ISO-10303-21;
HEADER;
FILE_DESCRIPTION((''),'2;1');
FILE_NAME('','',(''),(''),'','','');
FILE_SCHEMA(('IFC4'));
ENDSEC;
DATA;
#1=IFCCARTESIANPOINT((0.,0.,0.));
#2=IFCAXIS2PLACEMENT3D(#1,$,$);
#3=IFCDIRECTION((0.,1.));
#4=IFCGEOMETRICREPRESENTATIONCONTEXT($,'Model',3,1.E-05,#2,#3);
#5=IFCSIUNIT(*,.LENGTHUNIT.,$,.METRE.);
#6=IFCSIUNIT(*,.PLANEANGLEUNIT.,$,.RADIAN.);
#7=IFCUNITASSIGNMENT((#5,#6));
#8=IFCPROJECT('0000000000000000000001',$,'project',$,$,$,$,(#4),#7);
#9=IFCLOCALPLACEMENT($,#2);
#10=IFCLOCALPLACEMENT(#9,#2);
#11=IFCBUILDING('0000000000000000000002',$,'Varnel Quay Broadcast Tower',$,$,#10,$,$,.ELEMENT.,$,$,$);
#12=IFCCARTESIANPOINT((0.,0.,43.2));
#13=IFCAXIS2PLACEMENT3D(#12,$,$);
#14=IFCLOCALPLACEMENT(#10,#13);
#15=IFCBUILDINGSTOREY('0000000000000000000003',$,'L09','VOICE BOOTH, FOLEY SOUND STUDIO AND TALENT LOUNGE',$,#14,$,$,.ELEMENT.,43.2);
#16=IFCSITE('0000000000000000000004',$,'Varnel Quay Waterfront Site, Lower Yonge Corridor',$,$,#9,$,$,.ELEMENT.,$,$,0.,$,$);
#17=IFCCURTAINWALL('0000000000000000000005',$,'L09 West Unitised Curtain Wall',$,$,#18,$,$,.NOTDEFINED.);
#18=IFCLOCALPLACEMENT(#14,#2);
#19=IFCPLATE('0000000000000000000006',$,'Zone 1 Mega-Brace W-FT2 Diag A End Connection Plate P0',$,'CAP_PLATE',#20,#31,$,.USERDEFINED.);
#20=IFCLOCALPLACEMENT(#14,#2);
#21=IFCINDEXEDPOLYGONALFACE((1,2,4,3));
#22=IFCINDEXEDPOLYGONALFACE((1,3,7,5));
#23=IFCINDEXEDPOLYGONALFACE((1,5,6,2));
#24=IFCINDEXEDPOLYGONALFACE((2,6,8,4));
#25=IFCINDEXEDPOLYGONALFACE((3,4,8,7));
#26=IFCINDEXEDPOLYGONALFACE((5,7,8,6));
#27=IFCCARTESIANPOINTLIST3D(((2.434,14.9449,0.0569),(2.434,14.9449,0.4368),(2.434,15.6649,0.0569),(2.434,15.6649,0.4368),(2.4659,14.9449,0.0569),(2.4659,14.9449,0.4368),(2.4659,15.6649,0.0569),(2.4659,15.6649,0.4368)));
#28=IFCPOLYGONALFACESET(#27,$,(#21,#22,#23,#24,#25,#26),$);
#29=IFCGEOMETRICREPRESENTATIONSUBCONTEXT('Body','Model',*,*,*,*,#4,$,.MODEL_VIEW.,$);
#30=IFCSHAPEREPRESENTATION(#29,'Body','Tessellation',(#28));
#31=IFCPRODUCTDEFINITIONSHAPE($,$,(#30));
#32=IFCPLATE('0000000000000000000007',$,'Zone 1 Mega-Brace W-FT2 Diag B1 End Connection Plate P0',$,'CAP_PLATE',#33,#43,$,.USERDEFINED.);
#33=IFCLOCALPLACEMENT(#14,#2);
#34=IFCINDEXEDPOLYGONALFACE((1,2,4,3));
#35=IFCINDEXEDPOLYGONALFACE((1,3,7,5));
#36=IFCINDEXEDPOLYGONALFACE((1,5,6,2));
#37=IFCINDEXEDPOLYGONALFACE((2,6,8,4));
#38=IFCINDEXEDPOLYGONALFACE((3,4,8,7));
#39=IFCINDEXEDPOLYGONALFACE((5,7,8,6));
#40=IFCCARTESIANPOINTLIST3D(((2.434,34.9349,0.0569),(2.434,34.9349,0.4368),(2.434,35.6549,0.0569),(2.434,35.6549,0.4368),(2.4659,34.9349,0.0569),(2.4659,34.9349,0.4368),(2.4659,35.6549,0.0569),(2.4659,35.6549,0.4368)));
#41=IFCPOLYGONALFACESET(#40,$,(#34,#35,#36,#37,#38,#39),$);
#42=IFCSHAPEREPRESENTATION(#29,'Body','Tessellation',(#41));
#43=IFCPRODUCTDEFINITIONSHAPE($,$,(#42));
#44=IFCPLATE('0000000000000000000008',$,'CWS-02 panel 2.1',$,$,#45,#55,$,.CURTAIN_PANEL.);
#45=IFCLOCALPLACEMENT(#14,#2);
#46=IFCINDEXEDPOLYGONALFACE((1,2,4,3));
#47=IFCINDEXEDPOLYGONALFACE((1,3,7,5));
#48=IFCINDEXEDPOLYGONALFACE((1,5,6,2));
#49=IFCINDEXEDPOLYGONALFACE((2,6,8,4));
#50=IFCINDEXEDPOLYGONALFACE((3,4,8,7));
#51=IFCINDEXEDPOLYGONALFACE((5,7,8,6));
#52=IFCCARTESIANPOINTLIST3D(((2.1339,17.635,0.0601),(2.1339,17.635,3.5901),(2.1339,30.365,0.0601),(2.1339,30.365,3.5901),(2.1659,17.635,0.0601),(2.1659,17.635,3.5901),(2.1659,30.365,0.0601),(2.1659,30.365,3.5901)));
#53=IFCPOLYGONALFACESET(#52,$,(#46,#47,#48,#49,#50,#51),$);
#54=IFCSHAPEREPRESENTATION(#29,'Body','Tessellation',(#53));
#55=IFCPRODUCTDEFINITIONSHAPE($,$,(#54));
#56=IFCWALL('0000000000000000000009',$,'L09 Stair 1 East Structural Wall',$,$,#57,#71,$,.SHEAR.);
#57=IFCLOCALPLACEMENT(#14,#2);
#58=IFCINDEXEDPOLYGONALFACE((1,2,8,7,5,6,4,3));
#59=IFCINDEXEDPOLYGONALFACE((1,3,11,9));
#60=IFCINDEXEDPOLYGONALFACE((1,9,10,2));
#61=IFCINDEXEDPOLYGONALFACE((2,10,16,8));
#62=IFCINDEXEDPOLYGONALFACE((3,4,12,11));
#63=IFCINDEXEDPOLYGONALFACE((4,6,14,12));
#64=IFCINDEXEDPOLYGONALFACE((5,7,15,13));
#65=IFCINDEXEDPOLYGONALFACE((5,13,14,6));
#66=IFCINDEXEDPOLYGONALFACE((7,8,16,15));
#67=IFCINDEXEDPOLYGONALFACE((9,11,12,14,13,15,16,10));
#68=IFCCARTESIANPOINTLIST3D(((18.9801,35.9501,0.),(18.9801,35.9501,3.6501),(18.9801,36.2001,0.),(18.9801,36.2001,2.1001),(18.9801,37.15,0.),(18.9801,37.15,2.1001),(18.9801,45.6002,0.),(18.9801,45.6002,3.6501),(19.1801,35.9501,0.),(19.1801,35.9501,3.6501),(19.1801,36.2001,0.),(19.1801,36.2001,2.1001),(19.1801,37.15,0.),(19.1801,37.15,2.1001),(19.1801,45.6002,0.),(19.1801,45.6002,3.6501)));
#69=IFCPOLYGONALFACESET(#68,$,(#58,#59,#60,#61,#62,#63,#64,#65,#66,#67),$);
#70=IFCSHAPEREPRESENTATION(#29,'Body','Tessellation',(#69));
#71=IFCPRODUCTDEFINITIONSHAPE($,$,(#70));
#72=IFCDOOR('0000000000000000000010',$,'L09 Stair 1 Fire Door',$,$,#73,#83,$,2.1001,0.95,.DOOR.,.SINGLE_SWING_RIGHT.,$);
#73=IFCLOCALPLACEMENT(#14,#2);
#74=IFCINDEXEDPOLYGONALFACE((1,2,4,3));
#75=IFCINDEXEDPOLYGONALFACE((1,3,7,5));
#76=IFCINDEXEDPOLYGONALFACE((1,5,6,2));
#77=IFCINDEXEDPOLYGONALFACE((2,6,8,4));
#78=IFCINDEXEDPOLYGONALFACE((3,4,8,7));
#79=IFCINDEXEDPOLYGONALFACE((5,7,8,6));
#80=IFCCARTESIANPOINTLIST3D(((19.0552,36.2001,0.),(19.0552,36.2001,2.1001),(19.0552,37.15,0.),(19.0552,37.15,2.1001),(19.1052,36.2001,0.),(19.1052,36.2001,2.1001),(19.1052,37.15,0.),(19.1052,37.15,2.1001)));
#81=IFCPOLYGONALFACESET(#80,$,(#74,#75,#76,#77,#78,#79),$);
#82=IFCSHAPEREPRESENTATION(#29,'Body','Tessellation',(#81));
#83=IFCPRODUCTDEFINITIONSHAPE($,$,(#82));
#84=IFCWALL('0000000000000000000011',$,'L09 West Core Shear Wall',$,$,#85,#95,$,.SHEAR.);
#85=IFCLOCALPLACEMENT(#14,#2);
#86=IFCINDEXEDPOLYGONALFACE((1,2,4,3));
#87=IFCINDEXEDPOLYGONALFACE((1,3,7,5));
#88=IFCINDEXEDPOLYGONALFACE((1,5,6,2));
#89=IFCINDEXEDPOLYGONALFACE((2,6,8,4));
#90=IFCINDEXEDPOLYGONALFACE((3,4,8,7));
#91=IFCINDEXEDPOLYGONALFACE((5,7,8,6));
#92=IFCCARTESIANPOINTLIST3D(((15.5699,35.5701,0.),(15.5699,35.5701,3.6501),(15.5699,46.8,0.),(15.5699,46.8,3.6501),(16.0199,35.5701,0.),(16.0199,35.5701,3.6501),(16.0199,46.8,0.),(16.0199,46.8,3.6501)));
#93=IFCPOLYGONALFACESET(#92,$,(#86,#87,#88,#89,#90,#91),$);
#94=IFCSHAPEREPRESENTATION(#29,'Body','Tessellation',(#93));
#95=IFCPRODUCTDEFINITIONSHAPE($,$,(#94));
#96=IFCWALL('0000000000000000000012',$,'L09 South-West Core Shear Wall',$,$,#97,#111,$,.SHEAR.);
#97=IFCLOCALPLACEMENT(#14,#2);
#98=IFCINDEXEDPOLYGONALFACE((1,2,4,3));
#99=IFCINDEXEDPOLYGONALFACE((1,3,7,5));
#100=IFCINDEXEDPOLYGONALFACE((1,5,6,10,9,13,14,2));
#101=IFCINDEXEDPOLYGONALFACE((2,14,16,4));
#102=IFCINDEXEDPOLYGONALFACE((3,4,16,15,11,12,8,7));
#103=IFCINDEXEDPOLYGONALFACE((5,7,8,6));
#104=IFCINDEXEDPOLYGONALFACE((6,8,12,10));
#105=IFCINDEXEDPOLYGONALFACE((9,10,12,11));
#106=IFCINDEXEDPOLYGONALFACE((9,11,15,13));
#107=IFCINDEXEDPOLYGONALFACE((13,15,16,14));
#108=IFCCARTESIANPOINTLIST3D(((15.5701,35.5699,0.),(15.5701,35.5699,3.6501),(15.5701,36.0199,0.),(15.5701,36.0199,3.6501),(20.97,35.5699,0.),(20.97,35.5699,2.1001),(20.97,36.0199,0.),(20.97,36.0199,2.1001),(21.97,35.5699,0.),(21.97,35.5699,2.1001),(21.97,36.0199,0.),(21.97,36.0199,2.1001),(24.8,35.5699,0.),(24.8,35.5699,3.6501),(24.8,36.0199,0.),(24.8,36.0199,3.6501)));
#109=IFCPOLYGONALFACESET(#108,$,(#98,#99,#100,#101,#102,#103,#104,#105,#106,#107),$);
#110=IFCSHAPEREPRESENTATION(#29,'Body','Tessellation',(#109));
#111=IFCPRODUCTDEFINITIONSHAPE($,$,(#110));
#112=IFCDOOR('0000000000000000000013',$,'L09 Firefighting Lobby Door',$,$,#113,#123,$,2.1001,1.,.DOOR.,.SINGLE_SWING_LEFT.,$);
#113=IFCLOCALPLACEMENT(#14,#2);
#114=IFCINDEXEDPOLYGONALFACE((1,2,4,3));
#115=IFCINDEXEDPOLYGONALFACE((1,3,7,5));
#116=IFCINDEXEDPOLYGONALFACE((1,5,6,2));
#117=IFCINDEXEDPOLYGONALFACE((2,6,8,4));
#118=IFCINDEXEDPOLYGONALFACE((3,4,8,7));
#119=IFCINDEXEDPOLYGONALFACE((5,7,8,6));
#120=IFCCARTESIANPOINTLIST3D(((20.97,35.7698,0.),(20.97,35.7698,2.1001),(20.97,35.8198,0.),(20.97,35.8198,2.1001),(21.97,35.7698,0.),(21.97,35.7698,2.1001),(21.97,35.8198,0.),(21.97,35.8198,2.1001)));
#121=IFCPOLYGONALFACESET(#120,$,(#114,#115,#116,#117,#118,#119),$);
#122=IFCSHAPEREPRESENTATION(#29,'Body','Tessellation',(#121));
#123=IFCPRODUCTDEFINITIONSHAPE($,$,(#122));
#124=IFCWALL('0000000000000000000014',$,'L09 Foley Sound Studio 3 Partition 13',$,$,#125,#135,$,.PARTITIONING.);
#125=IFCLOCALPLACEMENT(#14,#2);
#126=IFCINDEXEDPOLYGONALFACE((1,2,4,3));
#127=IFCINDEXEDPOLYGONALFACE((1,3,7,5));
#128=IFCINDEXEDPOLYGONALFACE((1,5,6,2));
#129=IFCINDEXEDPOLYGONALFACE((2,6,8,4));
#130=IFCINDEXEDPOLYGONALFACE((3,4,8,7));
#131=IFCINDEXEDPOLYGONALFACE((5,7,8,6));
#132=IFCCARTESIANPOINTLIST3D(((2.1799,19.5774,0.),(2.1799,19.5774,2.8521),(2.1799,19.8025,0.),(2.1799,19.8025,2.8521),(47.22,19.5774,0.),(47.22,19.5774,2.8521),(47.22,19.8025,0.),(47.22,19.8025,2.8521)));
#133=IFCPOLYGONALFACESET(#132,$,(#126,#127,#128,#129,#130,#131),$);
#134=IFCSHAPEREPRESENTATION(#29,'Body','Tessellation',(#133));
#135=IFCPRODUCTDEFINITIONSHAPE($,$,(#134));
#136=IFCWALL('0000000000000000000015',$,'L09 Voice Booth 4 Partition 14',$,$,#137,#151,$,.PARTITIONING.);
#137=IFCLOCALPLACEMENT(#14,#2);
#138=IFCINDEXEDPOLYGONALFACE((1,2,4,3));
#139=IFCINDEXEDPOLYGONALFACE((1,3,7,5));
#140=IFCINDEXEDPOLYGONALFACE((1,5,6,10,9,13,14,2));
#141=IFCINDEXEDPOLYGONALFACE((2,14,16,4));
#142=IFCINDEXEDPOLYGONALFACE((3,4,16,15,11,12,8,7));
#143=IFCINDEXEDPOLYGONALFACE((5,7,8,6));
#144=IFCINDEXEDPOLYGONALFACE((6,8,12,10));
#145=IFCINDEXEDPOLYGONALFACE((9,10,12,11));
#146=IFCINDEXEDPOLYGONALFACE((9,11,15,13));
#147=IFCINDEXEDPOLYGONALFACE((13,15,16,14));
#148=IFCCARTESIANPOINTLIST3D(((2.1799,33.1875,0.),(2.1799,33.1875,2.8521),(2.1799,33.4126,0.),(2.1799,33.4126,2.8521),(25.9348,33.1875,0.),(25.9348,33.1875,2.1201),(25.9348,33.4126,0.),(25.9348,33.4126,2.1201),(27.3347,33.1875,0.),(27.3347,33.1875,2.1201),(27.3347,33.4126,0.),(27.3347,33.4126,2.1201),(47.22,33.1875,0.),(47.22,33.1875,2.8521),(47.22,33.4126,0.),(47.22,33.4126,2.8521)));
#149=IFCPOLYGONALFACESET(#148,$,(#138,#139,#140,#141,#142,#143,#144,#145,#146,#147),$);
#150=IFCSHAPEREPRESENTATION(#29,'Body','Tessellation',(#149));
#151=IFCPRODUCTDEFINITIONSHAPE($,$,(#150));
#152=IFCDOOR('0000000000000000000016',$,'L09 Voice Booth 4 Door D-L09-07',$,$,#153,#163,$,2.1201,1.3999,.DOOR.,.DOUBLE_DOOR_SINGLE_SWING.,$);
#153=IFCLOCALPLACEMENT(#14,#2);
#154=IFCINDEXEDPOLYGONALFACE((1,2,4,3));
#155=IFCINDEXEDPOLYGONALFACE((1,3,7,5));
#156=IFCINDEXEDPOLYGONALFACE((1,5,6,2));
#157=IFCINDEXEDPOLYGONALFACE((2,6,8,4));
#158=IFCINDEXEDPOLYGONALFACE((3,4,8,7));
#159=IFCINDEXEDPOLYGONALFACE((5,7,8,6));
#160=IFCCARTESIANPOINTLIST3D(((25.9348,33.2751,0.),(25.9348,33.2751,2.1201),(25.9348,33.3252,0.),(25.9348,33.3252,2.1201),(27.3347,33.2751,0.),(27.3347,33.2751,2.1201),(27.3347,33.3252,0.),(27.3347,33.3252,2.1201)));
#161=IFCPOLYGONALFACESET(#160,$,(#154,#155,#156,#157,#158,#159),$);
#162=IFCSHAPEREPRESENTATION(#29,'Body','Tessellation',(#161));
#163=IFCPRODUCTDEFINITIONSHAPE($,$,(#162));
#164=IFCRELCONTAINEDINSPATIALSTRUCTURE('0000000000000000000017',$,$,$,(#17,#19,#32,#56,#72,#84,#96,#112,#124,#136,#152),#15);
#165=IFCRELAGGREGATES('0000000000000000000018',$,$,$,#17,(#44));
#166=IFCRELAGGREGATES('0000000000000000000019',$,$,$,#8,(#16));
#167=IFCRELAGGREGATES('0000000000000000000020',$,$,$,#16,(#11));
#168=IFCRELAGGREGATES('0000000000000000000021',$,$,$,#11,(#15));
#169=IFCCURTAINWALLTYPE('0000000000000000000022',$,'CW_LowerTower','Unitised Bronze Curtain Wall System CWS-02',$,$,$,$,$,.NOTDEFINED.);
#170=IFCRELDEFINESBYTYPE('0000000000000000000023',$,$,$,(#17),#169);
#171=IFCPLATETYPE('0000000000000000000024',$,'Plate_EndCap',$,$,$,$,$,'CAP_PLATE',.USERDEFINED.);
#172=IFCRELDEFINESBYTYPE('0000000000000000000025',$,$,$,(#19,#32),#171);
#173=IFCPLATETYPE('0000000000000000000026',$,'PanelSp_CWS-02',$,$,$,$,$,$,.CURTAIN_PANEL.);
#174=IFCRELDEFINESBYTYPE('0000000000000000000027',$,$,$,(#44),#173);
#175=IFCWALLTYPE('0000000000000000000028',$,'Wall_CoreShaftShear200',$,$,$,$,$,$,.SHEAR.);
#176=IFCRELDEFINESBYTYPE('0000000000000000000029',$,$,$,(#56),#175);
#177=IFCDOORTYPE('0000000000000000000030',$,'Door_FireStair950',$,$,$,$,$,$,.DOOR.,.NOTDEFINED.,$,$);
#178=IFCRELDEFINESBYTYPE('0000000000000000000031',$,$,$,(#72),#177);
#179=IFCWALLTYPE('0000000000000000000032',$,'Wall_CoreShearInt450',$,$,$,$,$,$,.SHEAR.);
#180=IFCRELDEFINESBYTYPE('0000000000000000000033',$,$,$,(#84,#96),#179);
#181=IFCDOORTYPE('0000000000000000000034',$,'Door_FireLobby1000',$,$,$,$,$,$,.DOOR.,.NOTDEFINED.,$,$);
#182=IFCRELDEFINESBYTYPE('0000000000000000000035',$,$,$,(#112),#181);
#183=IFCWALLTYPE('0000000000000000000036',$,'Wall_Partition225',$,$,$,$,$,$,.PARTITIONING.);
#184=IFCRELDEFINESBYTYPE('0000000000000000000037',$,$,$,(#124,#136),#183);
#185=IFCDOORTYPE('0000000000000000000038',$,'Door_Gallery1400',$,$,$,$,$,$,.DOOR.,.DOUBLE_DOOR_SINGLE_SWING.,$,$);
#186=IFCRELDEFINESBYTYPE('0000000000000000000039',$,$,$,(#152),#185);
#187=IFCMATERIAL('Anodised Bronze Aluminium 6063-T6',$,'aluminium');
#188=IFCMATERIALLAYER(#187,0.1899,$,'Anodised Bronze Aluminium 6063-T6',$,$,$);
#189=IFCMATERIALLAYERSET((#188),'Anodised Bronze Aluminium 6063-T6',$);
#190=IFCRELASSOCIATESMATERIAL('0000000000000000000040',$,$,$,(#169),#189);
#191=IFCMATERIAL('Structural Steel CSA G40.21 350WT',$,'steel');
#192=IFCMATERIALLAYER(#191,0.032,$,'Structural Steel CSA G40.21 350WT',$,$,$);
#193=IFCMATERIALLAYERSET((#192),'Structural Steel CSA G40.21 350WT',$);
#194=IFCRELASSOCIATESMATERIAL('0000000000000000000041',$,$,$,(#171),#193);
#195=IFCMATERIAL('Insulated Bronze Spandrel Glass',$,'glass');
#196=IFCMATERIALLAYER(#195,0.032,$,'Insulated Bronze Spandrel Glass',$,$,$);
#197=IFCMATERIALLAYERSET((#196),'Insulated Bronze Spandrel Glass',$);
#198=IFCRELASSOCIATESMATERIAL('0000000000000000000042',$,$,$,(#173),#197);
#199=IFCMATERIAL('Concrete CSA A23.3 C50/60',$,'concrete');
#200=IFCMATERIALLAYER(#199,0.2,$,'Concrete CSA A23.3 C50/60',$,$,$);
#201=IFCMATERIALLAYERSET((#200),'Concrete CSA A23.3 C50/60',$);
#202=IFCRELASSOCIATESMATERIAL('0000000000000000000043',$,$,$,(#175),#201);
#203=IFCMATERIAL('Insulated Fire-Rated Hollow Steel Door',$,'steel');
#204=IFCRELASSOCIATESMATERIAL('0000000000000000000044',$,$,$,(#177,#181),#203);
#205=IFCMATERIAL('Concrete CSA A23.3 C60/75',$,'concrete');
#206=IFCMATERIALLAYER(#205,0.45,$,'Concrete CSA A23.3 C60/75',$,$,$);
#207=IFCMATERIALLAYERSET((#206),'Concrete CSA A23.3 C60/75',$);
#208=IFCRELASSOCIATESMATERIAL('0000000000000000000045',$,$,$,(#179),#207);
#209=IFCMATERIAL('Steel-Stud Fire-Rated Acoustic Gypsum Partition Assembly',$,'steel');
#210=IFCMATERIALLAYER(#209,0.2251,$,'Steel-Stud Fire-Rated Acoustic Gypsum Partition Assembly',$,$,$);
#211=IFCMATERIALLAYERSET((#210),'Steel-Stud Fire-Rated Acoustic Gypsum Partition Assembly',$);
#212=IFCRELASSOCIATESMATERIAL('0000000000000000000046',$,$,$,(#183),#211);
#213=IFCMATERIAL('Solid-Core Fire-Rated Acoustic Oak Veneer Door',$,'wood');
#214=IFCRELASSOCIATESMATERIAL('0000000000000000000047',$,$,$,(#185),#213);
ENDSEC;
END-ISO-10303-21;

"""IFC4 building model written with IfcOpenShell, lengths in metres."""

from ifc_helpers import new_model, si_unit, direction, frame, frame_2d, origin, origin_2d, place, context, subcontext, project, spatial, rectangle, extrude, source, transform, mapped, material, layer, layer_set, type_object, type_shapes, element, fill, aggregate, save


model = new_model("IFC4")

# Units and contexts
model_context = context("Model", 3, precision=1e-05, world=origin(), true_north=direction((0.0, 1.0)))
body_context = subcontext(model_context, "Body", "Model", "MODEL_VIEW")
ifc_project = project(units=[si_unit("LENGTHUNIT", "METRE"), si_unit("PLANEANGLEUNIT", "RADIAN")], contexts=[model_context])

# Site, building, storey
site_placement = place(None, origin())
site = spatial("IfcSite", under=ifc_project, at=site_placement, Name="Varnel Quay Waterfront Site, Lower Yonge Corridor", CompositionType="ELEMENT", RefElevation=0.0)
building_placement = place(site_placement, origin())
building = spatial("IfcBuilding", under=site, at=building_placement, Name="Varnel Quay Broadcast Tower", CompositionType="ELEMENT")
storey_placement = place(building_placement, frame((0.0, 0.0, 43.2)))
storey = spatial("IfcBuildingStorey", under=building, at=storey_placement, Name="L09", Description="VOICE BOOTH, FOLEY SOUND STUDIO AND TALENT LOUNGE", CompositionType="ELEMENT", Elevation=43.2)

# Shared definitions
ifc_material_1 = material(Name="Structural Steel CSA G40.21 350WT", Category="steel")
ifc_material_2 = material(Name="Concrete CSA A23.3 C60/75", Category="concrete")

# Curtain wall
ifc_material_3 = material(Name="Anodised Bronze Aluminium 6063-T6", Category="aluminium")
ifc_layer_1 = layer(ifc_material_3, 0.1899, Name="Anodised Bronze Aluminium 6063-T6")
ifc_layer_set_1 = layer_set([ifc_layer_1], Name="Anodised Bronze Aluminium 6063-T6")
curtain_wall_type = type_object("IfcCurtainWallType", Name="CW_LowerTower", Description="Unitised Bronze Curtain Wall System CWS-02", PredefinedType="NOTDEFINED", material=ifc_layer_set_1)
curtain_wall_placement = place(storey_placement, origin())
curtain_wall = element("IfcCurtainWall", 1, at=curtain_wall_placement, inside=storey, type_object=curtain_wall_type, Name="L09 West Unitised Curtain Wall", PredefinedType="NOTDEFINED")

# Plates
ifc_layer_2 = layer(ifc_material_1, 0.032, Name="Structural Steel CSA G40.21 350WT")
ifc_layer_set_2 = layer_set([ifc_layer_2], Name="Structural Steel CSA G40.21 350WT")
plate_type_1 = type_object("IfcPlateType", Name="Plate_EndCap", ElementType="CAP_PLATE", PredefinedType="USERDEFINED", material=ifc_layer_set_2)
shared_shape_1 = source(origin(), body_context, "Body", "SweptSolid", [
    extrude(rectangle(XDim=0.72, YDim=0.032, at=origin_2d()), origin(), (0.0, 0.0, 1.0), 0.3799),
])
type_shapes(plate_type_1, [shared_shape_1])
for number, where, z_axis, x_axis, name in (
    (2, (2.45, 15.3049, 0.0569), (0.0, 0.0, 1.0), (0.0, 1.0, 0.0), "Zone 1 Mega-Brace W-FT2 Diag A End Connection Plate P0"),
    (3, (2.45, 35.2949, 0.0569), (0.0, 0.0, 1.0), (0.0, 1.0, 0.0), "Zone 1 Mega-Brace W-FT2 Diag B1 End Connection Plate P0"),
):
    element("IfcPlate", number, at=place(storey_placement, frame(where, z_axis=z_axis, x_axis=x_axis)), inside=storey, type_object=plate_type_1, Name=name, ObjectType="CAP_PLATE", PredefinedType="USERDEFINED", context=body_context, shape_type="MappedRepresentation", body=[
        mapped(shared_shape_1, transform((0.0, 0.0, 0.0), x_axis=(1.0, 0.0, 0.0), y_axis=(0.0, 1.0, 0.0), z_axis=(0.0, 0.0, 1.0), scale=1.0)),
    ])

# Plate
ifc_material_4 = material(Name="Insulated Bronze Spandrel Glass", Category="glass")
ifc_layer_3 = layer(ifc_material_4, 0.032, Name="Insulated Bronze Spandrel Glass")
ifc_layer_set_3 = layer_set([ifc_layer_3], Name="Insulated Bronze Spandrel Glass")
plate_type_2 = type_object("IfcPlateType", Name="PanelSp_CWS-02", PredefinedType="CURTAIN_PANEL", material=ifc_layer_set_3)
shared_shape_2 = source(origin(), body_context, "Body", "SweptSolid", [
    extrude(rectangle(XDim=12.73, YDim=0.032, at=origin_2d()), origin(), (0.0, 0.0, 1.0), 3.53),
])
type_shapes(plate_type_2, [shared_shape_2])
plate_placement = place(storey_placement, frame((2.1499, 24.0, 0.0601), z_axis=(0.0, 0.0, 1.0), x_axis=(0.0, 1.0, 0.0)))
plate = element("IfcPlate", 4, at=plate_placement, type_object=plate_type_2, Name="CWS-02 panel 2.1", PredefinedType="CURTAIN_PANEL", context=body_context, shape_type="MappedRepresentation", body=[
    mapped(shared_shape_2, transform((0.0, 0.0, 0.0), x_axis=(1.0, 0.0, 0.0), y_axis=(0.0, 1.0, 0.0), z_axis=(0.0, 0.0, 1.0), scale=1.0)),
])
aggregate(curtain_wall, [plate])

# Wall, opening, door
ifc_material_5 = material(Name="Concrete CSA A23.3 C50/60", Category="concrete")
ifc_layer_4 = layer(ifc_material_5, 0.2, Name="Concrete CSA A23.3 C50/60")
ifc_layer_set_4 = layer_set([ifc_layer_4], Name="Concrete CSA A23.3 C50/60")
wall_type_1 = type_object("IfcWallType", Name="Wall_CoreShaftShear200", PredefinedType="SHEAR", material=ifc_layer_set_4)
wall_1_placement = place(storey_placement, frame((19.0801, 35.95, 0.0), z_axis=(0.0, 0.0, 1.0), x_axis=(0.0, 1.0, 0.0)))
wall_1 = element("IfcWall", 5, at=wall_1_placement, inside=storey, type_object=wall_type_1, Name="L09 Stair 1 East Structural Wall", PredefinedType="SHEAR", context=body_context, shape_type="SweptSolid", body=[
    extrude(rectangle(XDim=9.6501, YDim=0.2, at=frame_2d((4.8252, 0.0))), origin(), (0.0, 0.0, 1.0), 3.6501),
])
opening_1_placement = place(wall_1_placement, frame((0.25, 0.0, 0.0)))
opening_1 = element("IfcOpeningElement", 6, at=opening_1_placement, cuts=wall_1, PredefinedType="OPENING", context=body_context, shape_type="SweptSolid", body=[
    extrude(rectangle(XDim=0.95, YDim=2.1001, at=frame_2d((0.4751, 1.05))), frame((0.0, 0.1099, 0.0), z_axis=(0.0, -1.0, 0.0), x_axis=(1.0, 0.0, 0.0)), (0.0, 0.0, 1.0), 0.22),
])
ifc_material_6 = material(Name="Insulated Fire-Rated Hollow Steel Door", Category="steel")
door_type_1 = type_object("IfcDoorType", Name="Door_FireStair950", OperationType="NOTDEFINED", PredefinedType="DOOR", material=ifc_material_6)
shared_shape_3 = source(origin(), body_context, "Body", "SweptSolid", [
    extrude(rectangle(XDim=0.95, YDim=2.1001, at=frame_2d((0.4751, 1.05))), frame((0.0, 0.0249, 0.0), z_axis=(0.0, -1.0, 0.0), x_axis=(1.0, 0.0, 0.0)), (0.0, 0.0, 1.0), 0.05),
])
type_shapes(door_type_1, [shared_shape_3])
door_1_placement = place(opening_1_placement, origin())
door_1 = element("IfcDoor", 7, at=door_1_placement, inside=storey, type_object=door_type_1, Name="L09 Stair 1 Fire Door", OperationType="SINGLE_SWING_RIGHT", OverallHeight=2.1001, OverallWidth=0.95, PredefinedType="DOOR", context=body_context, shape_type="MappedRepresentation", body=[
    mapped(shared_shape_3, transform((0.0, 0.0, 0.0), x_axis=(1.0, 0.0, 0.0), y_axis=(0.0, 1.0, 0.0), z_axis=(0.0, 0.0, 1.0), scale=1.0)),
])
fill(opening_1, door_1)

# Wall
ifc_layer_5 = layer(ifc_material_2, 0.45, Name="Concrete CSA A23.3 C60/75")
ifc_layer_set_5 = layer_set([ifc_layer_5], Name="Concrete CSA A23.3 C60/75")
wall_type_2 = type_object("IfcWallType", Name="Wall_CoreShearInt450", PredefinedType="SHEAR", material=ifc_layer_set_5)
wall_2_placement = place(storey_placement, frame((15.7949, 35.5701, 0.0), z_axis=(0.0, 0.0, 1.0), x_axis=(0.0, 1.0, 0.0)))
element("IfcWall", 8, at=wall_2_placement, inside=storey, type_object=wall_type_2, Name="L09 West Core Shear Wall", PredefinedType="SHEAR", context=body_context, shape_type="SweptSolid", body=[
    extrude(rectangle(XDim=11.23, YDim=0.45, at=frame_2d((5.615, 0.0))), origin(), (0.0, 0.0, 1.0), 3.6501),
])

# Wall, opening, door
wall_3_placement = place(storey_placement, frame((15.5701, 35.7949, 0.0), z_axis=(0.0, 0.0, 1.0), x_axis=(1.0, 0.0, 0.0)))
wall_3 = element("IfcWall", 9, at=wall_3_placement, inside=storey, type_object=wall_type_2, Name="L09 South-West Core Shear Wall", PredefinedType="SHEAR", context=body_context, shape_type="SweptSolid", body=[
    extrude(rectangle(XDim=9.23, YDim=0.45, at=frame_2d((4.615, 0.0))), origin(), (0.0, 0.0, 1.0), 3.6501),
])
opening_2_placement = place(wall_3_placement, frame((5.3999, 0.0, 0.0)))
opening_2 = element("IfcOpeningElement", 10, at=opening_2_placement, cuts=wall_3, PredefinedType="OPENING", context=body_context, shape_type="SweptSolid", body=[
    extrude(rectangle(XDim=1.0, YDim=2.1001, at=frame_2d((0.5, 1.05))), frame((0.0, 0.2349, 0.0), z_axis=(0.0, -1.0, 0.0), x_axis=(1.0, 0.0, 0.0)), (0.0, 0.0, 1.0), 0.47),
])
door_type_2 = type_object("IfcDoorType", Name="Door_FireLobby1000", OperationType="NOTDEFINED", PredefinedType="DOOR", material=ifc_material_6)
shared_shape_4 = source(origin(), body_context, "Body", "SweptSolid", [
    extrude(rectangle(XDim=1.0, YDim=2.1001, at=frame_2d((0.5, 1.05))), frame((0.0, 0.0249, 0.0), z_axis=(0.0, -1.0, 0.0), x_axis=(1.0, 0.0, 0.0)), (0.0, 0.0, 1.0), 0.05),
])
type_shapes(door_type_2, [shared_shape_4])
door_2_placement = place(opening_2_placement, origin())
door_2 = element("IfcDoor", 11, at=door_2_placement, inside=storey, type_object=door_type_2, Name="L09 Firefighting Lobby Door", OperationType="SINGLE_SWING_LEFT", OverallHeight=2.1001, OverallWidth=1.0, PredefinedType="DOOR", context=body_context, shape_type="MappedRepresentation", body=[
    mapped(shared_shape_4, transform((0.0, 0.0, 0.0), x_axis=(1.0, 0.0, 0.0), y_axis=(0.0, 1.0, 0.0), z_axis=(0.0, 0.0, 1.0), scale=1.0)),
])
fill(opening_2, door_2)

# Wall
ifc_material_7 = material(Name="Steel-Stud Fire-Rated Acoustic Gypsum Partition Assembly", Category="steel")
ifc_layer_6 = layer(ifc_material_7, 0.2251, Name="Steel-Stud Fire-Rated Acoustic Gypsum Partition Assembly")
ifc_layer_set_6 = layer_set([ifc_layer_6], Name="Steel-Stud Fire-Rated Acoustic Gypsum Partition Assembly")
wall_type_3 = type_object("IfcWallType", Name="Wall_Partition225", PredefinedType="PARTITIONING", material=ifc_layer_set_6)
wall_4_placement = place(storey_placement, frame((2.1799, 19.6899, 0.0), z_axis=(0.0, 0.0, 1.0), x_axis=(1.0, 0.0, 0.0)))
element("IfcWall", 12, at=wall_4_placement, inside=storey, type_object=wall_type_3, Name="L09 Foley Sound Studio 3 Partition 13", PredefinedType="PARTITIONING", context=body_context, shape_type="SweptSolid", body=[
    extrude(rectangle(XDim=45.04, YDim=0.2251, at=frame_2d((22.52, 0.0))), origin(), (0.0, 0.0, 1.0), 2.8521),
])

# Wall, opening, door
wall_5_placement = place(storey_placement, frame((2.1799, 33.3, 0.0), z_axis=(0.0, 0.0, 1.0), x_axis=(1.0, 0.0, 0.0)))
wall_5 = element("IfcWall", 13, at=wall_5_placement, inside=storey, type_object=wall_type_3, Name="L09 Voice Booth 4 Partition 14", PredefinedType="PARTITIONING", context=body_context, shape_type="SweptSolid", body=[
    extrude(rectangle(XDim=45.04, YDim=0.2251, at=frame_2d((22.52, 0.0))), origin(), (0.0, 0.0, 1.0), 2.8521),
])
opening_3_placement = place(wall_5_placement, frame((23.7549, 0.0, 0.0)))
opening_3 = element("IfcOpeningElement", 14, at=opening_3_placement, cuts=wall_5, PredefinedType="OPENING", context=body_context, shape_type="SweptSolid", body=[
    extrude(rectangle(XDim=1.3999, YDim=2.1201, at=frame_2d((0.7, 1.0601))), frame((0.0, 0.1226, 0.0), z_axis=(0.0, -1.0, 0.0), x_axis=(1.0, 0.0, 0.0)), (0.0, 0.0, 1.0), 0.2451),
])
ifc_material_8 = material(Name="Solid-Core Fire-Rated Acoustic Oak Veneer Door", Category="wood")
door_type_3 = type_object("IfcDoorType", Name="Door_Gallery1400", OperationType="DOUBLE_DOOR_SINGLE_SWING", PredefinedType="DOOR", material=ifc_material_8)
shared_shape_5 = source(origin(), body_context, "Body", "SweptSolid", [
    extrude(rectangle(XDim=1.3999, YDim=2.1201, at=frame_2d((0.7, 1.0601))), frame((0.0, 0.0249, 0.0), z_axis=(0.0, -1.0, 0.0), x_axis=(1.0, 0.0, 0.0)), (0.0, 0.0, 1.0), 0.05),
])
type_shapes(door_type_3, [shared_shape_5])
door_3_placement = place(opening_3_placement, frame((1.3999, 0.0, 0.0), z_axis=(0.0, 0.0, 1.0), x_axis=(-1.0, 0.0, 0.0)))
door_3 = element("IfcDoor", 15, at=door_3_placement, inside=storey, type_object=door_type_3, Name="L09 Voice Booth 4 Door D-L09-07", OperationType="DOUBLE_DOOR_SINGLE_SWING", OverallHeight=2.1201, OverallWidth=1.3999, PredefinedType="DOOR", context=body_context, shape_type="MappedRepresentation", body=[
    mapped(shared_shape_5, transform((0.0, 0.0, 0.0), x_axis=(1.0, 0.0, 0.0), y_axis=(0.0, 1.0, 0.0), z_axis=(0.0, 0.0, 1.0), scale=1.0)),
])
fill(opening_3, door_3)

save(model, "model.ifc")
